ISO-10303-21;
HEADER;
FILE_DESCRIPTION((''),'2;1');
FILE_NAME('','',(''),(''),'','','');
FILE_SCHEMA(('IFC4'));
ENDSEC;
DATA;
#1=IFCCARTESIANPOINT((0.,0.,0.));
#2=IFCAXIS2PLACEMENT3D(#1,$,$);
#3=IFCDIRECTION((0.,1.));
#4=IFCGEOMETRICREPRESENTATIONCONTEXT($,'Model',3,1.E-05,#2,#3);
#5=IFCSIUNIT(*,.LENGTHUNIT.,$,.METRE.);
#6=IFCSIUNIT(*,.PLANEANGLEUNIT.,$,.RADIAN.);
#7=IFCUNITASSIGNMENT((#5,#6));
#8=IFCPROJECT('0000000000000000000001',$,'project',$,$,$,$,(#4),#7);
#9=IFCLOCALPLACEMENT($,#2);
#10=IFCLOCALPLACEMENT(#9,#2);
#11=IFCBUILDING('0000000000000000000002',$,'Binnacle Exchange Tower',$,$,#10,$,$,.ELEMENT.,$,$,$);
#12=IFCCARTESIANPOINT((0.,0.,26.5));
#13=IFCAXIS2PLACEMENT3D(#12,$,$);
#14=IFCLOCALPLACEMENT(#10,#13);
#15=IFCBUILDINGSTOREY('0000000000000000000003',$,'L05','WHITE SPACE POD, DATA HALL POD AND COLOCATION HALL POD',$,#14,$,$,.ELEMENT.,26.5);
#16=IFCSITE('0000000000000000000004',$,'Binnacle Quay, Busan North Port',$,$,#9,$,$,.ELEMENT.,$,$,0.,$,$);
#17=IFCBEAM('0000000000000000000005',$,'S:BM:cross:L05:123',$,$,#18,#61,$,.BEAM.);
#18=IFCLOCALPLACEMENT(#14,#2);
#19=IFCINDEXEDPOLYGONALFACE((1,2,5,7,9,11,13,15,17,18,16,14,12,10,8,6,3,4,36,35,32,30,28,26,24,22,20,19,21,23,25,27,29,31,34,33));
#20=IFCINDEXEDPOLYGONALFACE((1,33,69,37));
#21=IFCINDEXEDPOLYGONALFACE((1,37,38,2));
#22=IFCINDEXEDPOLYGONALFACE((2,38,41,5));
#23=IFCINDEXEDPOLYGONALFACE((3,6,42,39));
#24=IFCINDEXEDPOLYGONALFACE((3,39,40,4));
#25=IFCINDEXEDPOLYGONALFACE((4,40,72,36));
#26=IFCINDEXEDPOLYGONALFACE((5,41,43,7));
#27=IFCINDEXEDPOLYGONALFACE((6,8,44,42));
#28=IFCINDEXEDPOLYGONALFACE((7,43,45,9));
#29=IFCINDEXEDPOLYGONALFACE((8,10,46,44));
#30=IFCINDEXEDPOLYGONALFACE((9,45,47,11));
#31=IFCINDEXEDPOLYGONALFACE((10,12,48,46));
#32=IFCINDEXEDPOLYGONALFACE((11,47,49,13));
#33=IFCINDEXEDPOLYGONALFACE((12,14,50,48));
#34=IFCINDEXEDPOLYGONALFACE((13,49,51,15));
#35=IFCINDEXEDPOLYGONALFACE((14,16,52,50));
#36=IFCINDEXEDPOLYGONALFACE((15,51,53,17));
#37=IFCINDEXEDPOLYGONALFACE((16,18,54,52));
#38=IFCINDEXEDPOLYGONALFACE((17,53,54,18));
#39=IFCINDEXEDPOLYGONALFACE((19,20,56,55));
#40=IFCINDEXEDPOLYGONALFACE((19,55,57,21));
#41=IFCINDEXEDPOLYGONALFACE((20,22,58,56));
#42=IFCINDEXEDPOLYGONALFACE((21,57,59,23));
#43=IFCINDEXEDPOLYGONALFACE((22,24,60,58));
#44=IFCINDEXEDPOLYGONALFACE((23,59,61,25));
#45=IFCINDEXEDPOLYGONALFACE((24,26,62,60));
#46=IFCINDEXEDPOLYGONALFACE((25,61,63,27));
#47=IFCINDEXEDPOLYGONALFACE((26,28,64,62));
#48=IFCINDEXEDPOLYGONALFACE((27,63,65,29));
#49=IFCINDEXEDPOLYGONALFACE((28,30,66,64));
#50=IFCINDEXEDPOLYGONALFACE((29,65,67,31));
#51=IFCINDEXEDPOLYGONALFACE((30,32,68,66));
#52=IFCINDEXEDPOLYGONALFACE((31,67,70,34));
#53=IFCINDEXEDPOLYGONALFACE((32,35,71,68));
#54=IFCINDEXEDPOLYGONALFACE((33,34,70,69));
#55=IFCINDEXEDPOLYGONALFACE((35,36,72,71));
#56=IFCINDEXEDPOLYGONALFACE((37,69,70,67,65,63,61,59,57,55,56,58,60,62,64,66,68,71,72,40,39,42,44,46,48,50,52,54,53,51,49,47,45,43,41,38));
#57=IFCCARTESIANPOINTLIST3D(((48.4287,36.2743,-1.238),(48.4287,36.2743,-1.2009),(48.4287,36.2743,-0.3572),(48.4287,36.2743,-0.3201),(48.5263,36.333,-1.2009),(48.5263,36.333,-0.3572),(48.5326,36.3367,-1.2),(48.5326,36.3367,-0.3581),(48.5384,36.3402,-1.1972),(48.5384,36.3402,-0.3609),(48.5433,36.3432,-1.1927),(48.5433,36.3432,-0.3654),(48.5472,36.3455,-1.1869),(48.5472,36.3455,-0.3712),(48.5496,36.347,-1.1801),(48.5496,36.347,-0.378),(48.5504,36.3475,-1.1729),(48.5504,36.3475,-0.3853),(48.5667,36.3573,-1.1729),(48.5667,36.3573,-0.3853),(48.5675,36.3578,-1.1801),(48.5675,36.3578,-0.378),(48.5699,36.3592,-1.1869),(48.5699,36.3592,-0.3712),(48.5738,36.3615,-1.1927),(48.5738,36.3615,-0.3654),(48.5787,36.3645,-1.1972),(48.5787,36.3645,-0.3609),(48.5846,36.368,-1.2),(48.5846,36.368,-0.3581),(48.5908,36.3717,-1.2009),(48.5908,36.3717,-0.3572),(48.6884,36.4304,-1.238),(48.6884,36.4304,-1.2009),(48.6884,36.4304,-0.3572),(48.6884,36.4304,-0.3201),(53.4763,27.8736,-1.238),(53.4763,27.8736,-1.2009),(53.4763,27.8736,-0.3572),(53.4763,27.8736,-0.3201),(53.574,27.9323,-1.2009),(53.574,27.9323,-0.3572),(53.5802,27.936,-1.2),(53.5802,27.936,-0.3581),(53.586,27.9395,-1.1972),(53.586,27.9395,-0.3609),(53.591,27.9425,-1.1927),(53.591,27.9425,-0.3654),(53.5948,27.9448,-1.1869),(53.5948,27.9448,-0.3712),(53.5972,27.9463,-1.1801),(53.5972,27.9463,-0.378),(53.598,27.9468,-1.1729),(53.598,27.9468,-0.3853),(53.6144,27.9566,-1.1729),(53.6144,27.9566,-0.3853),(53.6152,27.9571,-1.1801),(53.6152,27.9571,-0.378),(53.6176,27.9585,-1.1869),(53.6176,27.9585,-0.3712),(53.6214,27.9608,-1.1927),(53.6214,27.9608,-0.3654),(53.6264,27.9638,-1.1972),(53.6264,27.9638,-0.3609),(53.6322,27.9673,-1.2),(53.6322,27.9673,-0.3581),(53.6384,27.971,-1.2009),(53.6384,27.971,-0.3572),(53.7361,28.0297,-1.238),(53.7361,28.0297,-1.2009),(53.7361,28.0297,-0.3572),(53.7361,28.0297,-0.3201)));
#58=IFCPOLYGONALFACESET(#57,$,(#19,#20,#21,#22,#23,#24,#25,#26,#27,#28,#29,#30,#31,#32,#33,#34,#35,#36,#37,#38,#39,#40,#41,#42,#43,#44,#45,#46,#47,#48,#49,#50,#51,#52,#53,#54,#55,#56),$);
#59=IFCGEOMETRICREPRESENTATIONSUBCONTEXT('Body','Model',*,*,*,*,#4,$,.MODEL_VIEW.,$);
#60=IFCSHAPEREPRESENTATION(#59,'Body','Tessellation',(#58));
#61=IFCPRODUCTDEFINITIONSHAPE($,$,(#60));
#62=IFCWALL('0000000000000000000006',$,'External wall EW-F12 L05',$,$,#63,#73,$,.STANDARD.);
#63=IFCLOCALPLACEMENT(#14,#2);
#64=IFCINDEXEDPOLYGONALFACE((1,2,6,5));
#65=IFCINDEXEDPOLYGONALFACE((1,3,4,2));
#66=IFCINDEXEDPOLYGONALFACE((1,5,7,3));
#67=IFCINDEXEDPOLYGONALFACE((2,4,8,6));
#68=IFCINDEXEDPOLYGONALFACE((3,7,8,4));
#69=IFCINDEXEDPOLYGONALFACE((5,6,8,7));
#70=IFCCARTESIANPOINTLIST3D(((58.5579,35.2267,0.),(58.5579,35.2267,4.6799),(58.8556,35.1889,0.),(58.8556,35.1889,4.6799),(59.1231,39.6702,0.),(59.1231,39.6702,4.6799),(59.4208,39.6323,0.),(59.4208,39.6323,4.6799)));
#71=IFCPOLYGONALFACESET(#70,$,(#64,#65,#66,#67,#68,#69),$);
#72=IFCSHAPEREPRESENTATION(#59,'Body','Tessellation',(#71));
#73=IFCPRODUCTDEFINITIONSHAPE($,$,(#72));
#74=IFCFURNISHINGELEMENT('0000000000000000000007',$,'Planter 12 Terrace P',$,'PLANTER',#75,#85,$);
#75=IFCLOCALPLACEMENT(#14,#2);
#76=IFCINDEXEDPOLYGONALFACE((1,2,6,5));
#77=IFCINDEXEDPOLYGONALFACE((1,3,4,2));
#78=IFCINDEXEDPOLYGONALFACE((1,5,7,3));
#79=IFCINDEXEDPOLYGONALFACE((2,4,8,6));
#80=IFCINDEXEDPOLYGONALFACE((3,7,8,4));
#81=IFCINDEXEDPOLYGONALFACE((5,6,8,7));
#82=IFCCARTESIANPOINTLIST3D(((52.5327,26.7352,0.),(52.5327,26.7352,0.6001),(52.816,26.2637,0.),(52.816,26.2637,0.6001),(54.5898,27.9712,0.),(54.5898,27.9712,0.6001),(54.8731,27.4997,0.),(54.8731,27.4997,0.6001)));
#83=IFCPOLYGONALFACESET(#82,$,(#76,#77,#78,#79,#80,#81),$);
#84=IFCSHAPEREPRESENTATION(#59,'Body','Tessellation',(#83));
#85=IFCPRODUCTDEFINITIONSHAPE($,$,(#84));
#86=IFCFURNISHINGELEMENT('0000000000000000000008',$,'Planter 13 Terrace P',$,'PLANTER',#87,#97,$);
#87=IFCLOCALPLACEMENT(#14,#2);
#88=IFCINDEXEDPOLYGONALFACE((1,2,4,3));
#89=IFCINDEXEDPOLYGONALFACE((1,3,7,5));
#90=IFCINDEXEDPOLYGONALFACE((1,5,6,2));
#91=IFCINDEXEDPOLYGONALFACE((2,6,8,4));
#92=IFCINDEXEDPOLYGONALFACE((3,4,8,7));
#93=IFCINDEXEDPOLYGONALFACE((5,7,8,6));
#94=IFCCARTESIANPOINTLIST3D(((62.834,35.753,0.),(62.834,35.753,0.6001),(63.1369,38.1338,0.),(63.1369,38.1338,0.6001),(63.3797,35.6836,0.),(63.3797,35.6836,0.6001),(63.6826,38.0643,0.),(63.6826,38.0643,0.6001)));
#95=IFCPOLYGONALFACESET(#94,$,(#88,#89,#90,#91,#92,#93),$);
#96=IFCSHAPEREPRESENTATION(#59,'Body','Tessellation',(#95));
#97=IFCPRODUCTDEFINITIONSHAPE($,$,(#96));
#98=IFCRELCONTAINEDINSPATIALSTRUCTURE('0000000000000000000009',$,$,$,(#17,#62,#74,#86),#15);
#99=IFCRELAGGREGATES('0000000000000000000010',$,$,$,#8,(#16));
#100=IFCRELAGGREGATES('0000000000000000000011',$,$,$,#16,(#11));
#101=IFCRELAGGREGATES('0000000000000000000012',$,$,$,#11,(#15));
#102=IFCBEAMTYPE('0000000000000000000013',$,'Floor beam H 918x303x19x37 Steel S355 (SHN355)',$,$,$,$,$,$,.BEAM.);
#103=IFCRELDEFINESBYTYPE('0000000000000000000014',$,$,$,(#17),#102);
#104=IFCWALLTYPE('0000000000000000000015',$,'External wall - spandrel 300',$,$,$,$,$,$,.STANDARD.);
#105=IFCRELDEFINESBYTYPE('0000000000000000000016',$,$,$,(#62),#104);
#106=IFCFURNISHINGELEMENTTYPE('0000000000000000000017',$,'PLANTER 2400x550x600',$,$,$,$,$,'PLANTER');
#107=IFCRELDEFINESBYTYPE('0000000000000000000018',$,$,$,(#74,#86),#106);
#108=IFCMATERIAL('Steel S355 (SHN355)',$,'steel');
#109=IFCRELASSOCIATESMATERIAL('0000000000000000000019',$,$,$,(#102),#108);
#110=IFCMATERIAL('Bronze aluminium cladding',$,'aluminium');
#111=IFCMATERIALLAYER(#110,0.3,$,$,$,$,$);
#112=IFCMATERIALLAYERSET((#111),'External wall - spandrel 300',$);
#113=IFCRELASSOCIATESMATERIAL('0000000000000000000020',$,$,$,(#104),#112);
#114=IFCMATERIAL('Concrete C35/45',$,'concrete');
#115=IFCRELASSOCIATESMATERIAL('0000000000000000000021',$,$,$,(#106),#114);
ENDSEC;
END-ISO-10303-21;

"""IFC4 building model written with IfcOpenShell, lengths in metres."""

from ifc_helpers import new_model, si_unit, direction, frame, frame_2d, origin, origin_2d, place, context, subcontext, project, spatial, rectangle, i_section, extrude, material, layer, layer_set, material_profile, profile_set, type_object, element, save


model = new_model("IFC4")

# Units and contexts
model_context = context("Model", 3, precision=1e-05, world=origin(), true_north=direction((0.0, 1.0)))
body_context = subcontext(model_context, "Body", "Model", "MODEL_VIEW")
ifc_project = project(units=[si_unit("LENGTHUNIT", "METRE"), si_unit("PLANEANGLEUNIT", "RADIAN")], contexts=[model_context])

# Site, building, storey
site_placement = place(None, origin())
site = spatial("IfcSite", under=ifc_project, at=site_placement, Name="Binnacle Quay, Busan North Port", CompositionType="ELEMENT", RefElevation=0.0)
building_placement = place(site_placement, origin())
building = spatial("IfcBuilding", under=site, at=building_placement, Name="Binnacle Exchange Tower", CompositionType="ELEMENT")
storey_placement = place(building_placement, frame((0.0, 0.0, 26.5)))
storey = spatial("IfcBuildingStorey", under=building, at=storey_placement, Name="L05", Description="WHITE SPACE POD, DATA HALL POD AND COLOCATION HALL POD", CompositionType="ELEMENT", Elevation=26.5)

# Beam
ifc_material_1 = material(Name="Steel S355 (SHN355)", Category="steel")
ifc_material_profile_1 = material_profile(ifc_material_1, i_section(OverallWidth=0.303, OverallDepth=0.918, WebThickness=0.019, FlangeThickness=0.0371, FilletRadius=0.0281, at=origin_2d()), Name="H 918x303x19x37")
ifc_profile_set_1 = profile_set([ifc_material_profile_1], Name="Steel S355 (SHN355)")
beam_type_1 = type_object("IfcBeamType", Name="Floor beam H 918x303x19x37 Steel S355 (SHN355)", PredefinedType="BEAM", material=ifc_profile_set_1)
beam_1_placement = place(storey_placement, frame((53.6062, 27.9517, -0.7791), z_axis=(-0.515038, 0.857167, 0.0), x_axis=(-0.857167, -0.515038, 0.0)))
element("IfcBeam", 1, at=beam_1_placement, inside=storey, type_object=beam_type_1, Name="S:BM:cross:L05:123", PredefinedType="BEAM", context=body_context, shape_type="SweptSolid", body=[
    extrude(i_section(OverallWidth=0.303, OverallDepth=0.918, WebThickness=0.019, FlangeThickness=0.0371, FilletRadius=0.0281, at=origin_2d()), origin(), (0.0, 0.0, 1.0), 9.8005),
])

# Shared definitions
ifc_material_2 = material(Name="Bronze aluminium cladding", Category="aluminium")
ifc_layer = layer(ifc_material_2, 0.3)
ifc_layer_set = layer_set([ifc_layer], Name="External wall - spandrel 300")
wall_type = type_object("IfcWallType", Name="External wall - spandrel 300", PredefinedType="STANDARD", material=ifc_layer_set)

# Wall
wall_1_placement = place(storey_placement, frame((59.272, 39.6514, 0.0), z_axis=(0.0, 0.0, 1.0), x_axis=(-0.126181, -0.992007, 0.0)))
element("IfcWall", 2, at=wall_1_placement, inside=storey, type_object=wall_type, Name="External wall EW-F12 L05", PredefinedType="STANDARD", context=body_context, shape_type="SweptSolid", body=[
    extrude(rectangle(XDim=4.4792, YDim=0.3, at=frame_2d((2.2397, 0.0))), origin(), (0.0, 0.0, 1.0), 4.6799),
])

# Furnishing elements
ifc_material_3 = material(Name="Concrete C35/45", Category="concrete")
furnishing_element_type = type_object("IfcFurnishingElementType", Name="PLANTER 2400x550x600", ElementType="PLANTER", material=ifc_material_3)
for number, where, z_axis, x_axis, name in (
    (3, (53.7029, 27.1174, 0.0), (0.0, 0.0, 1.0), (0.857167, 0.515038, 0.0), "Planter 12 Terrace P"),
    (4, (63.2583, 36.9087, 0.0), (0.0, 0.0, 1.0), (0.126197, 0.992005, 0.0), "Planter 13 Terrace P"),
):
    element("IfcFurnishingElement", number, at=place(storey_placement, frame(where, z_axis=z_axis, x_axis=x_axis)), inside=storey, type_object=furnishing_element_type, Name=name, ObjectType="PLANTER", context=body_context, shape_type="SweptSolid", body=[
        extrude(rectangle(XDim=2.3999, YDim=0.55, at=origin_2d()), origin(), (0.0, 0.0, 1.0), 0.6001),
    ])

save(model, "model.ifc")
